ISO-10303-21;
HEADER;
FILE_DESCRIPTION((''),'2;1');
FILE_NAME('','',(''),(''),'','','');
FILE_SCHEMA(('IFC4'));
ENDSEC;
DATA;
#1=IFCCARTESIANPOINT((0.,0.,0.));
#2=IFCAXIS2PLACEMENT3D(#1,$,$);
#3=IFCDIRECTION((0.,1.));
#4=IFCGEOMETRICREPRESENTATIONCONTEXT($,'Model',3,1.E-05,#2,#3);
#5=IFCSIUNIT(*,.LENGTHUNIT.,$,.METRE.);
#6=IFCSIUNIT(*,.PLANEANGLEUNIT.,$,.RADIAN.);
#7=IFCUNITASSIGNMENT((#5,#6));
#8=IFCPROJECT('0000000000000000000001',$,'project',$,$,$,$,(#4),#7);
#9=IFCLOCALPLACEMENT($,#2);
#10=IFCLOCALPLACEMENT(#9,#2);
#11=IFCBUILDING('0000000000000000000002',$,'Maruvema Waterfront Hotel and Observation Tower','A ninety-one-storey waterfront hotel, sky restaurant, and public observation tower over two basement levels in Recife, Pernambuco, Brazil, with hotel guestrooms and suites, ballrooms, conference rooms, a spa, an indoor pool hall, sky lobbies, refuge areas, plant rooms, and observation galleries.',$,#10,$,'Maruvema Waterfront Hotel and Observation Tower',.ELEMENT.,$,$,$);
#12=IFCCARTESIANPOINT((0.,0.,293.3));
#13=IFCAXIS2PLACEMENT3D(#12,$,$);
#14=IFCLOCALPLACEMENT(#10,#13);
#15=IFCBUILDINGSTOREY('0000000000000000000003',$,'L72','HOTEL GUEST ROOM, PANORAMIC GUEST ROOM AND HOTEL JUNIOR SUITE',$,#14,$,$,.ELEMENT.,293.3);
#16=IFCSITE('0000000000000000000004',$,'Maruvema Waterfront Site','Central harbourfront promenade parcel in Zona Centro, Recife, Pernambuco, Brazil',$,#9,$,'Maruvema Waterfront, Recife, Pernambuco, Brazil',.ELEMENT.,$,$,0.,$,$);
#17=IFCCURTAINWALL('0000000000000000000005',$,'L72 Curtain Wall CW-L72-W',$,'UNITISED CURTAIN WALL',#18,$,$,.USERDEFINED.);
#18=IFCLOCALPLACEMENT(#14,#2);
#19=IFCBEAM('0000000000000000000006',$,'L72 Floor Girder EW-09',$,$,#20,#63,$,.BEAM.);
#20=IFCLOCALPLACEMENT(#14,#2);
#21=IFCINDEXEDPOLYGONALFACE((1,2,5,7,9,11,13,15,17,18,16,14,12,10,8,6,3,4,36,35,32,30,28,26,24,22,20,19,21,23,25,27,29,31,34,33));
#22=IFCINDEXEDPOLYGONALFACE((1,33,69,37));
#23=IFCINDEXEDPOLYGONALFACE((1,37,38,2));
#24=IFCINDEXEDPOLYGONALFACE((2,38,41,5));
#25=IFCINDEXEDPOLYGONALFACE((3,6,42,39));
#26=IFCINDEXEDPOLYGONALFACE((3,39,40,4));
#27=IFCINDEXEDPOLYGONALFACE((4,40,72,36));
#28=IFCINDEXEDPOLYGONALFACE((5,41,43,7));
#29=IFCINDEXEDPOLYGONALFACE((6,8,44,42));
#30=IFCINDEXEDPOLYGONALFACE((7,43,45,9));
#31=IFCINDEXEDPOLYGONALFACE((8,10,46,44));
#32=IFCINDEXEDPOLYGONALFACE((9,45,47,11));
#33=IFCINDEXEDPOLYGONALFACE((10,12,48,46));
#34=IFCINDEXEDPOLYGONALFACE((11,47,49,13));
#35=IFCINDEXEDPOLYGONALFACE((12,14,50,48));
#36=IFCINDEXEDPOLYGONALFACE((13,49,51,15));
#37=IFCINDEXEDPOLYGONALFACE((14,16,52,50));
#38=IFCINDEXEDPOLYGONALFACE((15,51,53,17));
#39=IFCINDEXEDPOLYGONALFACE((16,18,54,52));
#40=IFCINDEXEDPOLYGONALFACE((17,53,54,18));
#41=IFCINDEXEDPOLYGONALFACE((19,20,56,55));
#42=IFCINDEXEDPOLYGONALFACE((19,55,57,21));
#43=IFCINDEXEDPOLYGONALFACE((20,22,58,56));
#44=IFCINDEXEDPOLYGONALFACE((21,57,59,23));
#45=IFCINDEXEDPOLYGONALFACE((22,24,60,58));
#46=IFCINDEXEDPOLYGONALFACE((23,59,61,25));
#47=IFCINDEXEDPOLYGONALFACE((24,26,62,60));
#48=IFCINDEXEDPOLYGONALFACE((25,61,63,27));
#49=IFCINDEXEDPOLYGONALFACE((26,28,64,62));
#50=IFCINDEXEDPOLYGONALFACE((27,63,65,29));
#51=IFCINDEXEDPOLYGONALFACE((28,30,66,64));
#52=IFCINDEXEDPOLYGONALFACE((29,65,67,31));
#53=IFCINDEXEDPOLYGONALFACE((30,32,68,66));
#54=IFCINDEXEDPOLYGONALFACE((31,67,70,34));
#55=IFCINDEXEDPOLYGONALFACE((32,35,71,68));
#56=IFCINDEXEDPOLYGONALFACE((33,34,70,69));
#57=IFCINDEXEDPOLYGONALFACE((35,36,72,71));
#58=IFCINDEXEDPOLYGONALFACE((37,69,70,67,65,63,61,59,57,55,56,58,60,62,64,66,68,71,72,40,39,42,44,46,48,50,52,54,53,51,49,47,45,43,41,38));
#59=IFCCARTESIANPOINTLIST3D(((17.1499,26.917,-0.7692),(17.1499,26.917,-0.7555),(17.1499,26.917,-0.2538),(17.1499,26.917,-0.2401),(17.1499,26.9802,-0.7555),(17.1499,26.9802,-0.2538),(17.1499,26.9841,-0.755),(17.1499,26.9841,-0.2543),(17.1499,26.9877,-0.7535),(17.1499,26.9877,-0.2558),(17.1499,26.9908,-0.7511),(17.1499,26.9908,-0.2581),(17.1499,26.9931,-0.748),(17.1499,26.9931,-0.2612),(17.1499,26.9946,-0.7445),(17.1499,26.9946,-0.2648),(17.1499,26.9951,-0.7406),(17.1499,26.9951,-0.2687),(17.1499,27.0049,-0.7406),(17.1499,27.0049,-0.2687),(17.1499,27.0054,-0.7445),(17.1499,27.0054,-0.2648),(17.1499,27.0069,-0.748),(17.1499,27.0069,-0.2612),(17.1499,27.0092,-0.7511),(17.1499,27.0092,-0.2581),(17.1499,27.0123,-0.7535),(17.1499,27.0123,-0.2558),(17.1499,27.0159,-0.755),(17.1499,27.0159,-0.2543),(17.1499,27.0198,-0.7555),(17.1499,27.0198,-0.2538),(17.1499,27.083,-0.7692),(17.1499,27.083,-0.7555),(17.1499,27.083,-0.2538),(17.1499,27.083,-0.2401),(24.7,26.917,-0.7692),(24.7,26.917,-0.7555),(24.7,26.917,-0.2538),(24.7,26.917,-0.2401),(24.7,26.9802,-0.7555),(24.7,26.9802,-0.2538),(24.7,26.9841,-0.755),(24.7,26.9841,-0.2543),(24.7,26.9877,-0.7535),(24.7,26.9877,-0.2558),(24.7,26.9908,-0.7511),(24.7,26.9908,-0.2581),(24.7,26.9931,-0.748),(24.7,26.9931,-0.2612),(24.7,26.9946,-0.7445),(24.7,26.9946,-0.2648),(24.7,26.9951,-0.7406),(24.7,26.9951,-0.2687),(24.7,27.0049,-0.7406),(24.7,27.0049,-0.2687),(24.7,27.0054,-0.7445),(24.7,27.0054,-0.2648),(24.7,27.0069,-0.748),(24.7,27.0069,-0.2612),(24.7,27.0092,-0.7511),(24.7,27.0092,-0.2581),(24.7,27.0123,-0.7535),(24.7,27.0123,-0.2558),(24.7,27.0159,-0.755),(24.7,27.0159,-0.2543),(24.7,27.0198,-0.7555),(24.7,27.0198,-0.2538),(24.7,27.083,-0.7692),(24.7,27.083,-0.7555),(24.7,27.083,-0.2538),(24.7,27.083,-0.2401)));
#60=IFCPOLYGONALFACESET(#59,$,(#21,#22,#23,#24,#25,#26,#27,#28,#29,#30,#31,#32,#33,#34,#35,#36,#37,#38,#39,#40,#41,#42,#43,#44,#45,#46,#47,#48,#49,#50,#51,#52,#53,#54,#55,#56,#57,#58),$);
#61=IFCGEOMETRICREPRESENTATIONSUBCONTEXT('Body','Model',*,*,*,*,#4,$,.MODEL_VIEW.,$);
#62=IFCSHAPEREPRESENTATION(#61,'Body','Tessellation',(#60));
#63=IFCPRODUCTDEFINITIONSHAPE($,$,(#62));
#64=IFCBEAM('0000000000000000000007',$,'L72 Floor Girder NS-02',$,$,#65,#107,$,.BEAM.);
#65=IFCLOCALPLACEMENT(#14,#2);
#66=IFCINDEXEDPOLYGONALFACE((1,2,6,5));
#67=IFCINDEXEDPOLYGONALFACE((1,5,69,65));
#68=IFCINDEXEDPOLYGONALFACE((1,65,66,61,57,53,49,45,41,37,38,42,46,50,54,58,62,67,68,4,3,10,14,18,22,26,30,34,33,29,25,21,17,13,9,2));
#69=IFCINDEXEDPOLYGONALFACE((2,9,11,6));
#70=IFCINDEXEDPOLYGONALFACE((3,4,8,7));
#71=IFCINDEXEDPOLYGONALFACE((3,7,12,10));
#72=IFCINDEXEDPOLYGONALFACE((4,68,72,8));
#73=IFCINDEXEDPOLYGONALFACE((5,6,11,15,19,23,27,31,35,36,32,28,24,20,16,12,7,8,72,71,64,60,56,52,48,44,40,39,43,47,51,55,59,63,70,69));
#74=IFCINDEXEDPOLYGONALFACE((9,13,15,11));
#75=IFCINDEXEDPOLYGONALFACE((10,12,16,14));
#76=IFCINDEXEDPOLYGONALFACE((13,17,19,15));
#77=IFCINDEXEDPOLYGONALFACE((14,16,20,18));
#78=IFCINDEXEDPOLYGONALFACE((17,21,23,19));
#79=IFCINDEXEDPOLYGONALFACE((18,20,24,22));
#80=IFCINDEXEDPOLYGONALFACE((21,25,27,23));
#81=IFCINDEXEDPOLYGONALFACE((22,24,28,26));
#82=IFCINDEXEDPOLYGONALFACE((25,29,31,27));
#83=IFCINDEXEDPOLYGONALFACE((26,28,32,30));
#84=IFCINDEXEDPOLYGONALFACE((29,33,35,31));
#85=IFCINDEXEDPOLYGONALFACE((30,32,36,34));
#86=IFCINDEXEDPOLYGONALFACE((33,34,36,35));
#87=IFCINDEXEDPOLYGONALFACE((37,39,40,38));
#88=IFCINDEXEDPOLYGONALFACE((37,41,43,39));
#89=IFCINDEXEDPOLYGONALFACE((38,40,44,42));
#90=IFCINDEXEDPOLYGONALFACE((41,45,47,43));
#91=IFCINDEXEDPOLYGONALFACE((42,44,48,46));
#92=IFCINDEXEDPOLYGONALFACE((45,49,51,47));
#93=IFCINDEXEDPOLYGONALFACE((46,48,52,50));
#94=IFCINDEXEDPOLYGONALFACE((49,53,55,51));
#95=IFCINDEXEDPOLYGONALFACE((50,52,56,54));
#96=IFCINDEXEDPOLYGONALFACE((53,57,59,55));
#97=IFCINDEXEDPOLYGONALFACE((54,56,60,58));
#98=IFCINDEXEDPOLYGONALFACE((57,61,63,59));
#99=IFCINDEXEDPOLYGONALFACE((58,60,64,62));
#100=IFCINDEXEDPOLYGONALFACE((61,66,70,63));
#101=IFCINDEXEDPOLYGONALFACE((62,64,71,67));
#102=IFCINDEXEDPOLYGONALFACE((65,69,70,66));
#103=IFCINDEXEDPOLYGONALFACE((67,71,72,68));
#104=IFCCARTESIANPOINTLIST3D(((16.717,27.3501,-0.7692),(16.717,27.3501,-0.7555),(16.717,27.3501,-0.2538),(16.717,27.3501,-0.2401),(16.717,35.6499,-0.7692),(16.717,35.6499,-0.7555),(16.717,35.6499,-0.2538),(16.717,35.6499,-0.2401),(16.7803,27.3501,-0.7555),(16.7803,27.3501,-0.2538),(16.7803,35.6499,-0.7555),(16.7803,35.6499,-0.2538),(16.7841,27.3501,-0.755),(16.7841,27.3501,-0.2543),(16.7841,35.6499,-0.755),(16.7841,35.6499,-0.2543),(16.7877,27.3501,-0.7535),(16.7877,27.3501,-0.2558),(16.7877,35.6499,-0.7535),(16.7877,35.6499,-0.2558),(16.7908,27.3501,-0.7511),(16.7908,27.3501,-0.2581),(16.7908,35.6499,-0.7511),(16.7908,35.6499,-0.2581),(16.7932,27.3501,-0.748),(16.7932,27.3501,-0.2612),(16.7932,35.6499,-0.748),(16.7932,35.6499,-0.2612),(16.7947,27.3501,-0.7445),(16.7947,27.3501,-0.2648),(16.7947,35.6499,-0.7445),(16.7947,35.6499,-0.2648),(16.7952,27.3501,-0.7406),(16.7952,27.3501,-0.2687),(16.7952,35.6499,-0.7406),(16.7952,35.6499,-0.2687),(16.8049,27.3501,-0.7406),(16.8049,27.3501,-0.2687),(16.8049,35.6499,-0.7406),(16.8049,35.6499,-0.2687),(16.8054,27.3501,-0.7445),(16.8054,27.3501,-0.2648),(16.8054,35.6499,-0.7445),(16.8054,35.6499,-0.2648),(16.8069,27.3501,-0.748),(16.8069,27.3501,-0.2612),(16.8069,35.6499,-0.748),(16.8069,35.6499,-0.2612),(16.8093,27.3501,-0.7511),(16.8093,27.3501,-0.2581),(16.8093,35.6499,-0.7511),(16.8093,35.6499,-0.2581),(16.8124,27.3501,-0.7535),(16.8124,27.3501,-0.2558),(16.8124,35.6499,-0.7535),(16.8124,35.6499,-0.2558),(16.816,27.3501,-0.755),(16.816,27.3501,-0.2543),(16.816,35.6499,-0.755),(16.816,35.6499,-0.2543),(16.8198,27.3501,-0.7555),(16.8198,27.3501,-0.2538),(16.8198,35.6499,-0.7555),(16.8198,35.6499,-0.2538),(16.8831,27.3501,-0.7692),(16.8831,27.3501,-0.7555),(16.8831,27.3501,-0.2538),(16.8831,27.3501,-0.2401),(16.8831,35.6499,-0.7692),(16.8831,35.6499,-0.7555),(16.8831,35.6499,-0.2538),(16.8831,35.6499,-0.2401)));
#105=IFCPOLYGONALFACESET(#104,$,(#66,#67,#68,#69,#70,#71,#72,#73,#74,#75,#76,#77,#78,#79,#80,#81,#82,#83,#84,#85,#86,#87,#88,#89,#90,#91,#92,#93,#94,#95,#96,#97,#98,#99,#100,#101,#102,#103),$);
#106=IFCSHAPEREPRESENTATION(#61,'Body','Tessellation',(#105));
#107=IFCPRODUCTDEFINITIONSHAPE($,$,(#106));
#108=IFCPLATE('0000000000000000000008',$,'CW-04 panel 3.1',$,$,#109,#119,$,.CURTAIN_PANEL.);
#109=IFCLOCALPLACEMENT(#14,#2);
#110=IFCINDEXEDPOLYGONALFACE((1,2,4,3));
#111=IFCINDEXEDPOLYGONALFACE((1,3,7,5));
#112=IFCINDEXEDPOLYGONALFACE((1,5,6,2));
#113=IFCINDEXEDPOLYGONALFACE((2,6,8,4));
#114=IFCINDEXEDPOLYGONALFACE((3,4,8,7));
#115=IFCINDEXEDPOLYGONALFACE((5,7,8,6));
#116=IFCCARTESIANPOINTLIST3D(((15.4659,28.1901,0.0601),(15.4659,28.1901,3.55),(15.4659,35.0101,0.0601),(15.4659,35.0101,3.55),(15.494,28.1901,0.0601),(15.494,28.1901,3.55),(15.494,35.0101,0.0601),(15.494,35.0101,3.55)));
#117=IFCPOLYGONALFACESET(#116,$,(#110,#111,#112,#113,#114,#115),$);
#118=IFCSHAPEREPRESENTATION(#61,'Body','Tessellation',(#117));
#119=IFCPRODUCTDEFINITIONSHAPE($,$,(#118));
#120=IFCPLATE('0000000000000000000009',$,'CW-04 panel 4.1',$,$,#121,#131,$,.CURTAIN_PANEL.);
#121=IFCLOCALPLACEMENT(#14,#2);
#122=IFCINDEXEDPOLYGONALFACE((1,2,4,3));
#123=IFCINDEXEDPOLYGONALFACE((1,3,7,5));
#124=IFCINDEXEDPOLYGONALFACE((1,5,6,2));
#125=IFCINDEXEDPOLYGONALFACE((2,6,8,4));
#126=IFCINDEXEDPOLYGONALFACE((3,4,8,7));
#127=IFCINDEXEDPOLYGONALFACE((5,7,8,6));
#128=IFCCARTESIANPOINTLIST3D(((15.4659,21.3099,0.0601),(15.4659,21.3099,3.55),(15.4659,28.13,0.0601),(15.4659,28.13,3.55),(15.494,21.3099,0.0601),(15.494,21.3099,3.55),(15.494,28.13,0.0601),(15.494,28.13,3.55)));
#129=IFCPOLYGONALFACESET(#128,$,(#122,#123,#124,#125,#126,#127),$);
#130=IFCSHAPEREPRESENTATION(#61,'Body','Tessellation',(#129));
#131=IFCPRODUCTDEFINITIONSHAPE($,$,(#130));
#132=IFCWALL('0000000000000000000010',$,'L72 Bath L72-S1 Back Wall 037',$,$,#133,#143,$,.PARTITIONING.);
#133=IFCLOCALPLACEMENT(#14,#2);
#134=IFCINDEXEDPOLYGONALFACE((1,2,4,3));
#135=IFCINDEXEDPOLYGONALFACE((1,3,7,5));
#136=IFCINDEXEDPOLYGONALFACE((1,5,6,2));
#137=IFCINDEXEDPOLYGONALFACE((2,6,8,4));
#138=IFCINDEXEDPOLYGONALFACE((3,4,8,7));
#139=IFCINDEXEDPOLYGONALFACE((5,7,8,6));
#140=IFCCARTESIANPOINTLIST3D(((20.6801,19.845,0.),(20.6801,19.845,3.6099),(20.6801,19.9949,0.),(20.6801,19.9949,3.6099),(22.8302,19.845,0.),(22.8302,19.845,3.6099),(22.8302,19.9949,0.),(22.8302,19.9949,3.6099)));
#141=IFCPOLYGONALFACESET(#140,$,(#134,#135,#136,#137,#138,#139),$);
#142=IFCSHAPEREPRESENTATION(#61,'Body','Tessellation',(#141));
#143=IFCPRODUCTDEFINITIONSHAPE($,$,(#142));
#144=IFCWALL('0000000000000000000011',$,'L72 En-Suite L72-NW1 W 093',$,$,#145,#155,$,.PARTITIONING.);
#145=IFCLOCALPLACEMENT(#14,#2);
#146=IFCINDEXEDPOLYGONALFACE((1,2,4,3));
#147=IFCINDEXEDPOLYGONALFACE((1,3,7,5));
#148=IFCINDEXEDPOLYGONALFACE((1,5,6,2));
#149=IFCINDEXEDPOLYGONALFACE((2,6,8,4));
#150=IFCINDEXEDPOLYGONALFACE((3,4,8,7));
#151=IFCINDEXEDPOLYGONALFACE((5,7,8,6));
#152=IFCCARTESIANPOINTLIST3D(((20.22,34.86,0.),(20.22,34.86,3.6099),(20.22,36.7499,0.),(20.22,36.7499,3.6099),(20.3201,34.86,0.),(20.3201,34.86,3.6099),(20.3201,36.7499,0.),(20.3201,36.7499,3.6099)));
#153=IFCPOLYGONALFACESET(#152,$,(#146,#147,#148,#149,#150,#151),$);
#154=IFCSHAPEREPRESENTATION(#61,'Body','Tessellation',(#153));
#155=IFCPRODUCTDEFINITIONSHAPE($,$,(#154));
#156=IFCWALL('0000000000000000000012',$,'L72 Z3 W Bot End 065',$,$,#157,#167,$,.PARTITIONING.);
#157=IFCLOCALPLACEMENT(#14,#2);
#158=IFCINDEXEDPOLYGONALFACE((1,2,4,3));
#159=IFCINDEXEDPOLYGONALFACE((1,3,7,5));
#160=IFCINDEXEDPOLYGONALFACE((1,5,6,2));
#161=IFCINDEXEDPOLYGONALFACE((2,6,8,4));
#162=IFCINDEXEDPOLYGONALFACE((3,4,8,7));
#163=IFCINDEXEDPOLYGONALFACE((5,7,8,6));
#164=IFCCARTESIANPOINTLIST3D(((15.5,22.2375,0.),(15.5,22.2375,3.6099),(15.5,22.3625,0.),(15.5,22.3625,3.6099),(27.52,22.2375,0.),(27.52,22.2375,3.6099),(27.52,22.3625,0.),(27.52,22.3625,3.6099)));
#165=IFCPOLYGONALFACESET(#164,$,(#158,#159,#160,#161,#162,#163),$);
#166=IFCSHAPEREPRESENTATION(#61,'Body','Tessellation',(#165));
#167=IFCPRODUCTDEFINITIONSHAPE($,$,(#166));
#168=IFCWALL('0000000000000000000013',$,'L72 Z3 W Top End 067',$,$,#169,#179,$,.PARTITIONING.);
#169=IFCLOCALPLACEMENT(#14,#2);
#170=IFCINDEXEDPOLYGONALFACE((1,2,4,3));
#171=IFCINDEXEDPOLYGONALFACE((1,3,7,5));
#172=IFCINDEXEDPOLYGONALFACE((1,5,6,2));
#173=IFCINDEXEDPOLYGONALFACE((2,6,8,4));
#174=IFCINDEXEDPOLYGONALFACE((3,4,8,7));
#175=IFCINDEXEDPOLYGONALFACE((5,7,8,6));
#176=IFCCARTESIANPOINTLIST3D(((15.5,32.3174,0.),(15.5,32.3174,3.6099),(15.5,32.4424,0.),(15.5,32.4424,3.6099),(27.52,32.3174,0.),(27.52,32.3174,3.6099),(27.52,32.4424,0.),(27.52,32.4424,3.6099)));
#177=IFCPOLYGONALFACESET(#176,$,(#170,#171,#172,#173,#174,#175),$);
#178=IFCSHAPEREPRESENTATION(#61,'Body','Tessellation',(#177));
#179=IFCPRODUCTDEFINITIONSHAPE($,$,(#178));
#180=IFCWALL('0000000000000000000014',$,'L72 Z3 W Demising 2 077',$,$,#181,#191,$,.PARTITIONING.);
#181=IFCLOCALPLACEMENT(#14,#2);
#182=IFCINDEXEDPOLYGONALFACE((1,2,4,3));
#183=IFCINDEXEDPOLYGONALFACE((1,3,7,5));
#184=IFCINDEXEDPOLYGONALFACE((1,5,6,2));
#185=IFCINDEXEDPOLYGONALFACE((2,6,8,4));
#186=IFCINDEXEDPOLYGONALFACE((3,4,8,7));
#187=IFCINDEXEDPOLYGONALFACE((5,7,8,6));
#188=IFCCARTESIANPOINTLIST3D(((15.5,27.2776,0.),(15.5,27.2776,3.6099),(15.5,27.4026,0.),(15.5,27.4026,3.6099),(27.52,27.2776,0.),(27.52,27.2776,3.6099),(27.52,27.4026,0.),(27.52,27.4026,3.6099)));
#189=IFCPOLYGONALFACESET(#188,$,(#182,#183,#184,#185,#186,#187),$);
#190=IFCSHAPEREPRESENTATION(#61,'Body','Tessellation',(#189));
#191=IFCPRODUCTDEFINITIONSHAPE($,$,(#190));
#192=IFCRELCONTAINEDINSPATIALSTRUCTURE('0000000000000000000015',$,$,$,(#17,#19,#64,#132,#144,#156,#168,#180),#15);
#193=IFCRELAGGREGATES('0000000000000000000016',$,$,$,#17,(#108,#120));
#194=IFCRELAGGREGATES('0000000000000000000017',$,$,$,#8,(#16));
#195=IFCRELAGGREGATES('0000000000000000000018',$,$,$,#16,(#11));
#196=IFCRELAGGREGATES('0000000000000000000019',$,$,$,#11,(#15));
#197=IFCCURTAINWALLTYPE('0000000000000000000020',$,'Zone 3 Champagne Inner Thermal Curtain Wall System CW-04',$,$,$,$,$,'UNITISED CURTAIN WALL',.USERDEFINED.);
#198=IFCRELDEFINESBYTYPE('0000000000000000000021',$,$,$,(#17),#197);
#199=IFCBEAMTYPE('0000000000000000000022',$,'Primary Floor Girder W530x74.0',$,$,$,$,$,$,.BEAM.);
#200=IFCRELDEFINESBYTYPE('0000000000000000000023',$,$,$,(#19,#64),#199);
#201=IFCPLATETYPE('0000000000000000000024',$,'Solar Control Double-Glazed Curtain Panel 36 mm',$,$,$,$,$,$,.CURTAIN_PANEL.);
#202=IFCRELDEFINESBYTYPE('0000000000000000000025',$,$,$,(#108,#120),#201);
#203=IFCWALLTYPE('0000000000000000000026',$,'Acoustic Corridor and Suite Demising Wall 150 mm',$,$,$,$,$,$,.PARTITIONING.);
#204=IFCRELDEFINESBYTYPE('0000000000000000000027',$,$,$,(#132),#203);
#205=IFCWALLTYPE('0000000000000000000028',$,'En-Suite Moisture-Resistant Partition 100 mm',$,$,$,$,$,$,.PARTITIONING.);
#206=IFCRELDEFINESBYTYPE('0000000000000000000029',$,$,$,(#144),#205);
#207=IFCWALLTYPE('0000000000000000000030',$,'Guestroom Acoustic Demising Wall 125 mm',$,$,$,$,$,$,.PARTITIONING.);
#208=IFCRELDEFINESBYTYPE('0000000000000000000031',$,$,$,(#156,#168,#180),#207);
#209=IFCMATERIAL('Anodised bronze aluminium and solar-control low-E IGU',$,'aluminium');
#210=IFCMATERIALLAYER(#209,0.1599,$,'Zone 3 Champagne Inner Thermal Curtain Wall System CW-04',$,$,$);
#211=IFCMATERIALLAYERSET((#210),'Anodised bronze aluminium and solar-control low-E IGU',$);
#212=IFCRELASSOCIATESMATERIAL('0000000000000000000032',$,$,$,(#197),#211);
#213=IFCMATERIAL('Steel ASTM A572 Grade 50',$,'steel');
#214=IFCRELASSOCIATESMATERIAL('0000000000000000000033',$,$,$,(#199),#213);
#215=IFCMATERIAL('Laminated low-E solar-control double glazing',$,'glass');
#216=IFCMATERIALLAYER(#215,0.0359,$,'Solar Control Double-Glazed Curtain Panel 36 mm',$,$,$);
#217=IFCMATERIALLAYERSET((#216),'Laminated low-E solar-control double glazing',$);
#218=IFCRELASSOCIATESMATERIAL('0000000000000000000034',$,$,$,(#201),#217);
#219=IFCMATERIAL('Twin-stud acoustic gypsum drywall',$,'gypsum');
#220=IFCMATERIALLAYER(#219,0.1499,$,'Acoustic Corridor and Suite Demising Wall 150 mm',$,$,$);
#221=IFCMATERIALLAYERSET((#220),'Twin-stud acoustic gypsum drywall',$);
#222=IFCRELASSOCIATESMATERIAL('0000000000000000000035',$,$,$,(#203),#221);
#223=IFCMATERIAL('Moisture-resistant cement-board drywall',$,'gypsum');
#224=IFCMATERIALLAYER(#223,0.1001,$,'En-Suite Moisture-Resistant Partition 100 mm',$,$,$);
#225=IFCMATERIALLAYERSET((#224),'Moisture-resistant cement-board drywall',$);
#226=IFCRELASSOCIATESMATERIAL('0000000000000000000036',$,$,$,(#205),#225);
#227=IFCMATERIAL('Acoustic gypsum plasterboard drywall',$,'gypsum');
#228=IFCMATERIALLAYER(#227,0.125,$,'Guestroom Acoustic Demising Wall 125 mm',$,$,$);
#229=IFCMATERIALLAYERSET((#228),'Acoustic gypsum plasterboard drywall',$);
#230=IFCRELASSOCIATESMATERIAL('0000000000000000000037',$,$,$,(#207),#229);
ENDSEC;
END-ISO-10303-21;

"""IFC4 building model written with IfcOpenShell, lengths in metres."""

from ifc_helpers import new_model, si_unit, direction, frame, frame_2d, origin, origin_2d, place, context, subcontext, project, spatial, rectangle, i_section, extrude, material, layer, layer_set, material_profile, profile_set, type_object, element, aggregate, save


model = new_model("IFC4")

# Units and contexts
model_context = context("Model", 3, precision=1e-05, world=origin(), true_north=direction((0.0, 1.0)))
body_context = subcontext(model_context, "Body", "Model", "MODEL_VIEW")
ifc_project = project(units=[si_unit("LENGTHUNIT", "METRE"), si_unit("PLANEANGLEUNIT", "RADIAN")], contexts=[model_context])

# Site, building, storey
site_placement = place(None, origin())
site = spatial("IfcSite", under=ifc_project, at=site_placement, Name="Maruvema Waterfront Site", Description="Central harbourfront promenade parcel in Zona Centro, Recife, Pernambuco, Brazil", LongName="Maruvema Waterfront, Recife, Pernambuco, Brazil", CompositionType="ELEMENT", RefElevation=0.0)
building_placement = place(site_placement, origin())
building = spatial("IfcBuilding", under=site, at=building_placement, Name="Maruvema Waterfront Hotel and Observation Tower", Description="A ninety-one-storey waterfront hotel, sky restaurant, and public observation tower over two basement levels in Recife, Pernambuco, Brazil, with hotel guestrooms and suites, ballrooms, conference rooms, a spa, an indoor pool hall, sky lobbies, refuge areas, plant rooms, and observation galleries.", LongName="Maruvema Waterfront Hotel and Observation Tower", CompositionType="ELEMENT")
storey_placement = place(building_placement, frame((0.0, 0.0, 293.3)))
storey = spatial("IfcBuildingStorey", under=building, at=storey_placement, Name="L72", Description="HOTEL GUEST ROOM, PANORAMIC GUEST ROOM AND HOTEL JUNIOR SUITE", CompositionType="ELEMENT", Elevation=293.3)

# Curtain wall
ifc_material_1 = material(Name="Anodised bronze aluminium and solar-control low-E IGU", Category="aluminium")
ifc_layer_1 = layer(ifc_material_1, 0.1599, Name="Zone 3 Champagne Inner Thermal Curtain Wall System CW-04")
ifc_layer_set_1 = layer_set([ifc_layer_1], Name="Anodised bronze aluminium and solar-control low-E IGU")
curtain_wall_type = type_object("IfcCurtainWallType", Name="Zone 3 Champagne Inner Thermal Curtain Wall System CW-04", ElementType="UNITISED CURTAIN WALL", PredefinedType="USERDEFINED", material=ifc_layer_set_1)
curtain_wall_placement = place(storey_placement, origin())
curtain_wall = element("IfcCurtainWall", 1, at=curtain_wall_placement, inside=storey, type_object=curtain_wall_type, Name="L72 Curtain Wall CW-L72-W", ObjectType="UNITISED CURTAIN WALL", PredefinedType="USERDEFINED")

# Beams
ifc_material_2 = material(Name="Steel ASTM A572 Grade 50", Category="steel")
ifc_material_profile_1 = material_profile(ifc_material_2, i_section(OverallWidth=0.166, OverallDepth=0.5291, WebThickness=0.0098, FlangeThickness=0.0137, FilletRadius=0.0149, at=origin_2d()), Name="W530x74.0")
ifc_profile_set_1 = profile_set([ifc_material_profile_1], Name="Steel ASTM A572 Grade 50")
beam_type = type_object("IfcBeamType", Name="Primary Floor Girder W530x74.0", PredefinedType="BEAM", material=ifc_profile_set_1)
beam_1_placement = place(storey_placement, frame((17.1499, 27.0, -0.5046), z_axis=(1.0, 0.0, 0.0), x_axis=(0.0, 1.0, 0.0)))
element("IfcBeam", 2, at=beam_1_placement, inside=storey, type_object=beam_type, Name="L72 Floor Girder EW-09", PredefinedType="BEAM", context=body_context, shape_type="SweptSolid", body=[
    extrude(i_section(OverallWidth=0.166, OverallDepth=0.5291, WebThickness=0.0098, FlangeThickness=0.0137, FilletRadius=0.0149, at=origin_2d()), origin(), (0.0, 0.0, 1.0), 7.55),
])
beam_2_placement = place(storey_placement, frame((16.8, 27.3501, -0.5046), z_axis=(0.0, 1.0, 0.0), x_axis=(-1.0, 0.0, 0.0)))
element("IfcBeam", 3, at=beam_2_placement, inside=storey, type_object=beam_type, Name="L72 Floor Girder NS-02", PredefinedType="BEAM", context=body_context, shape_type="SweptSolid", body=[
    extrude(i_section(OverallWidth=0.166, OverallDepth=0.5291, WebThickness=0.0098, FlangeThickness=0.0137, FilletRadius=0.0149, at=origin_2d()), origin(), (0.0, 0.0, 1.0), 8.2998),
])

# Plates
ifc_material_3 = material(Name="Laminated low-E solar-control double glazing", Category="glass")
ifc_layer_2 = layer(ifc_material_3, 0.0359, Name="Solar Control Double-Glazed Curtain Panel 36 mm")
ifc_layer_set_2 = layer_set([ifc_layer_2], Name="Laminated low-E solar-control double glazing")
plate_type = type_object("IfcPlateType", Name="Solar Control Double-Glazed Curtain Panel 36 mm", PredefinedType="CURTAIN_PANEL", material=ifc_layer_set_2)
plate_1_placement = place(storey_placement, frame((15.48, 31.6001, 0.0601), z_axis=(0.0, 0.0, 1.0), x_axis=(0.0, -1.0, 0.0)))
plate_1 = element("IfcPlate", 4, at=plate_1_placement, type_object=plate_type, Name="CW-04 panel 3.1", PredefinedType="CURTAIN_PANEL", context=body_context, shape_type="SweptSolid", body=[
    extrude(rectangle(XDim=6.8201, YDim=0.0281, at=origin_2d()), origin(), (0.0, 0.0, 1.0), 3.49),
])
plate_2_placement = place(storey_placement, frame((15.48, 24.72, 0.0601), z_axis=(0.0, 0.0, 1.0), x_axis=(0.0, -1.0, 0.0)))
plate_2 = element("IfcPlate", 5, at=plate_2_placement, type_object=plate_type, Name="CW-04 panel 4.1", PredefinedType="CURTAIN_PANEL", context=body_context, shape_type="SweptSolid", body=[
    extrude(rectangle(XDim=6.8201, YDim=0.0281, at=origin_2d()), origin(), (0.0, 0.0, 1.0), 3.49),
])
aggregate(curtain_wall, [plate_1, plate_2])

# Walls
ifc_material_4 = material(Name="Twin-stud acoustic gypsum drywall", Category="gypsum")
ifc_layer_3 = layer(ifc_material_4, 0.1499, Name="Acoustic Corridor and Suite Demising Wall 150 mm")
ifc_layer_set_3 = layer_set([ifc_layer_3], Name="Twin-stud acoustic gypsum drywall")
wall_type_1 = type_object("IfcWallType", Name="Acoustic Corridor and Suite Demising Wall 150 mm", PredefinedType="PARTITIONING", material=ifc_layer_set_3)
wall_1_placement = place(storey_placement, frame((20.6799, 19.9199, 0.0), z_axis=(0.0, 0.0, 1.0), x_axis=(1.0, 0.0, 0.0)))
element("IfcWall", 6, at=wall_1_placement, inside=storey, type_object=wall_type_1, Name="L72 Bath L72-S1 Back Wall 037", PredefinedType="PARTITIONING", context=body_context, shape_type="SweptSolid", body=[
    extrude(rectangle(XDim=2.1501, YDim=0.1499, at=frame_2d((1.0752, 0.0))), origin(), (0.0, 0.0, 1.0), 3.6099),
])
ifc_material_5 = material(Name="Moisture-resistant cement-board drywall", Category="gypsum")
ifc_layer_4 = layer(ifc_material_5, 0.1001, Name="En-Suite Moisture-Resistant Partition 100 mm")
ifc_layer_set_4 = layer_set([ifc_layer_4], Name="Moisture-resistant cement-board drywall")
wall_type_2 = type_object("IfcWallType", Name="En-Suite Moisture-Resistant Partition 100 mm", PredefinedType="PARTITIONING", material=ifc_layer_set_4)
wall_2_placement = place(storey_placement, frame((20.27, 34.8601, 0.0), z_axis=(0.0, 0.0, 1.0), x_axis=(0.0, 1.0, 0.0)))
element("IfcWall", 7, at=wall_2_placement, inside=storey, type_object=wall_type_2, Name="L72 En-Suite L72-NW1 W 093", PredefinedType="PARTITIONING", context=body_context, shape_type="SweptSolid", body=[
    extrude(rectangle(XDim=1.8899, YDim=0.1001, at=frame_2d((0.9448, 0.0))), origin(), (0.0, 0.0, 1.0), 3.6099),
])
ifc_material_6 = material(Name="Acoustic gypsum plasterboard drywall", Category="gypsum")
ifc_layer_5 = layer(ifc_material_6, 0.125, Name="Guestroom Acoustic Demising Wall 125 mm")
ifc_layer_set_5 = layer_set([ifc_layer_5], Name="Acoustic gypsum plasterboard drywall")
wall_type_3 = type_object("IfcWallType", Name="Guestroom Acoustic Demising Wall 125 mm", PredefinedType="PARTITIONING", material=ifc_layer_set_5)
for number, where, z_axis, x_axis, name in (
    (8, (15.5, 22.3, 0.0), (0.0, 0.0, 1.0), (1.0, 0.0, 0.0), "L72 Z3 W Bot End 065"),
    (9, (15.5, 32.3799, 0.0), (0.0, 0.0, 1.0), (1.0, 0.0, 0.0), "L72 Z3 W Top End 067"),
    (10, (15.5, 27.3401, 0.0), (0.0, 0.0, 1.0), (1.0, 0.0, 0.0), "L72 Z3 W Demising 2 077"),
):
    element("IfcWall", number, at=place(storey_placement, frame(where, z_axis=z_axis, x_axis=x_axis)), inside=storey, type_object=wall_type_3, Name=name, PredefinedType="PARTITIONING", context=body_context, shape_type="SweptSolid", body=[
        extrude(rectangle(XDim=12.02, YDim=0.125, at=frame_2d((6.01, 0.0))), origin(), (0.0, 0.0, 1.0), 3.6099),
    ])

save(model, "model.ifc")
